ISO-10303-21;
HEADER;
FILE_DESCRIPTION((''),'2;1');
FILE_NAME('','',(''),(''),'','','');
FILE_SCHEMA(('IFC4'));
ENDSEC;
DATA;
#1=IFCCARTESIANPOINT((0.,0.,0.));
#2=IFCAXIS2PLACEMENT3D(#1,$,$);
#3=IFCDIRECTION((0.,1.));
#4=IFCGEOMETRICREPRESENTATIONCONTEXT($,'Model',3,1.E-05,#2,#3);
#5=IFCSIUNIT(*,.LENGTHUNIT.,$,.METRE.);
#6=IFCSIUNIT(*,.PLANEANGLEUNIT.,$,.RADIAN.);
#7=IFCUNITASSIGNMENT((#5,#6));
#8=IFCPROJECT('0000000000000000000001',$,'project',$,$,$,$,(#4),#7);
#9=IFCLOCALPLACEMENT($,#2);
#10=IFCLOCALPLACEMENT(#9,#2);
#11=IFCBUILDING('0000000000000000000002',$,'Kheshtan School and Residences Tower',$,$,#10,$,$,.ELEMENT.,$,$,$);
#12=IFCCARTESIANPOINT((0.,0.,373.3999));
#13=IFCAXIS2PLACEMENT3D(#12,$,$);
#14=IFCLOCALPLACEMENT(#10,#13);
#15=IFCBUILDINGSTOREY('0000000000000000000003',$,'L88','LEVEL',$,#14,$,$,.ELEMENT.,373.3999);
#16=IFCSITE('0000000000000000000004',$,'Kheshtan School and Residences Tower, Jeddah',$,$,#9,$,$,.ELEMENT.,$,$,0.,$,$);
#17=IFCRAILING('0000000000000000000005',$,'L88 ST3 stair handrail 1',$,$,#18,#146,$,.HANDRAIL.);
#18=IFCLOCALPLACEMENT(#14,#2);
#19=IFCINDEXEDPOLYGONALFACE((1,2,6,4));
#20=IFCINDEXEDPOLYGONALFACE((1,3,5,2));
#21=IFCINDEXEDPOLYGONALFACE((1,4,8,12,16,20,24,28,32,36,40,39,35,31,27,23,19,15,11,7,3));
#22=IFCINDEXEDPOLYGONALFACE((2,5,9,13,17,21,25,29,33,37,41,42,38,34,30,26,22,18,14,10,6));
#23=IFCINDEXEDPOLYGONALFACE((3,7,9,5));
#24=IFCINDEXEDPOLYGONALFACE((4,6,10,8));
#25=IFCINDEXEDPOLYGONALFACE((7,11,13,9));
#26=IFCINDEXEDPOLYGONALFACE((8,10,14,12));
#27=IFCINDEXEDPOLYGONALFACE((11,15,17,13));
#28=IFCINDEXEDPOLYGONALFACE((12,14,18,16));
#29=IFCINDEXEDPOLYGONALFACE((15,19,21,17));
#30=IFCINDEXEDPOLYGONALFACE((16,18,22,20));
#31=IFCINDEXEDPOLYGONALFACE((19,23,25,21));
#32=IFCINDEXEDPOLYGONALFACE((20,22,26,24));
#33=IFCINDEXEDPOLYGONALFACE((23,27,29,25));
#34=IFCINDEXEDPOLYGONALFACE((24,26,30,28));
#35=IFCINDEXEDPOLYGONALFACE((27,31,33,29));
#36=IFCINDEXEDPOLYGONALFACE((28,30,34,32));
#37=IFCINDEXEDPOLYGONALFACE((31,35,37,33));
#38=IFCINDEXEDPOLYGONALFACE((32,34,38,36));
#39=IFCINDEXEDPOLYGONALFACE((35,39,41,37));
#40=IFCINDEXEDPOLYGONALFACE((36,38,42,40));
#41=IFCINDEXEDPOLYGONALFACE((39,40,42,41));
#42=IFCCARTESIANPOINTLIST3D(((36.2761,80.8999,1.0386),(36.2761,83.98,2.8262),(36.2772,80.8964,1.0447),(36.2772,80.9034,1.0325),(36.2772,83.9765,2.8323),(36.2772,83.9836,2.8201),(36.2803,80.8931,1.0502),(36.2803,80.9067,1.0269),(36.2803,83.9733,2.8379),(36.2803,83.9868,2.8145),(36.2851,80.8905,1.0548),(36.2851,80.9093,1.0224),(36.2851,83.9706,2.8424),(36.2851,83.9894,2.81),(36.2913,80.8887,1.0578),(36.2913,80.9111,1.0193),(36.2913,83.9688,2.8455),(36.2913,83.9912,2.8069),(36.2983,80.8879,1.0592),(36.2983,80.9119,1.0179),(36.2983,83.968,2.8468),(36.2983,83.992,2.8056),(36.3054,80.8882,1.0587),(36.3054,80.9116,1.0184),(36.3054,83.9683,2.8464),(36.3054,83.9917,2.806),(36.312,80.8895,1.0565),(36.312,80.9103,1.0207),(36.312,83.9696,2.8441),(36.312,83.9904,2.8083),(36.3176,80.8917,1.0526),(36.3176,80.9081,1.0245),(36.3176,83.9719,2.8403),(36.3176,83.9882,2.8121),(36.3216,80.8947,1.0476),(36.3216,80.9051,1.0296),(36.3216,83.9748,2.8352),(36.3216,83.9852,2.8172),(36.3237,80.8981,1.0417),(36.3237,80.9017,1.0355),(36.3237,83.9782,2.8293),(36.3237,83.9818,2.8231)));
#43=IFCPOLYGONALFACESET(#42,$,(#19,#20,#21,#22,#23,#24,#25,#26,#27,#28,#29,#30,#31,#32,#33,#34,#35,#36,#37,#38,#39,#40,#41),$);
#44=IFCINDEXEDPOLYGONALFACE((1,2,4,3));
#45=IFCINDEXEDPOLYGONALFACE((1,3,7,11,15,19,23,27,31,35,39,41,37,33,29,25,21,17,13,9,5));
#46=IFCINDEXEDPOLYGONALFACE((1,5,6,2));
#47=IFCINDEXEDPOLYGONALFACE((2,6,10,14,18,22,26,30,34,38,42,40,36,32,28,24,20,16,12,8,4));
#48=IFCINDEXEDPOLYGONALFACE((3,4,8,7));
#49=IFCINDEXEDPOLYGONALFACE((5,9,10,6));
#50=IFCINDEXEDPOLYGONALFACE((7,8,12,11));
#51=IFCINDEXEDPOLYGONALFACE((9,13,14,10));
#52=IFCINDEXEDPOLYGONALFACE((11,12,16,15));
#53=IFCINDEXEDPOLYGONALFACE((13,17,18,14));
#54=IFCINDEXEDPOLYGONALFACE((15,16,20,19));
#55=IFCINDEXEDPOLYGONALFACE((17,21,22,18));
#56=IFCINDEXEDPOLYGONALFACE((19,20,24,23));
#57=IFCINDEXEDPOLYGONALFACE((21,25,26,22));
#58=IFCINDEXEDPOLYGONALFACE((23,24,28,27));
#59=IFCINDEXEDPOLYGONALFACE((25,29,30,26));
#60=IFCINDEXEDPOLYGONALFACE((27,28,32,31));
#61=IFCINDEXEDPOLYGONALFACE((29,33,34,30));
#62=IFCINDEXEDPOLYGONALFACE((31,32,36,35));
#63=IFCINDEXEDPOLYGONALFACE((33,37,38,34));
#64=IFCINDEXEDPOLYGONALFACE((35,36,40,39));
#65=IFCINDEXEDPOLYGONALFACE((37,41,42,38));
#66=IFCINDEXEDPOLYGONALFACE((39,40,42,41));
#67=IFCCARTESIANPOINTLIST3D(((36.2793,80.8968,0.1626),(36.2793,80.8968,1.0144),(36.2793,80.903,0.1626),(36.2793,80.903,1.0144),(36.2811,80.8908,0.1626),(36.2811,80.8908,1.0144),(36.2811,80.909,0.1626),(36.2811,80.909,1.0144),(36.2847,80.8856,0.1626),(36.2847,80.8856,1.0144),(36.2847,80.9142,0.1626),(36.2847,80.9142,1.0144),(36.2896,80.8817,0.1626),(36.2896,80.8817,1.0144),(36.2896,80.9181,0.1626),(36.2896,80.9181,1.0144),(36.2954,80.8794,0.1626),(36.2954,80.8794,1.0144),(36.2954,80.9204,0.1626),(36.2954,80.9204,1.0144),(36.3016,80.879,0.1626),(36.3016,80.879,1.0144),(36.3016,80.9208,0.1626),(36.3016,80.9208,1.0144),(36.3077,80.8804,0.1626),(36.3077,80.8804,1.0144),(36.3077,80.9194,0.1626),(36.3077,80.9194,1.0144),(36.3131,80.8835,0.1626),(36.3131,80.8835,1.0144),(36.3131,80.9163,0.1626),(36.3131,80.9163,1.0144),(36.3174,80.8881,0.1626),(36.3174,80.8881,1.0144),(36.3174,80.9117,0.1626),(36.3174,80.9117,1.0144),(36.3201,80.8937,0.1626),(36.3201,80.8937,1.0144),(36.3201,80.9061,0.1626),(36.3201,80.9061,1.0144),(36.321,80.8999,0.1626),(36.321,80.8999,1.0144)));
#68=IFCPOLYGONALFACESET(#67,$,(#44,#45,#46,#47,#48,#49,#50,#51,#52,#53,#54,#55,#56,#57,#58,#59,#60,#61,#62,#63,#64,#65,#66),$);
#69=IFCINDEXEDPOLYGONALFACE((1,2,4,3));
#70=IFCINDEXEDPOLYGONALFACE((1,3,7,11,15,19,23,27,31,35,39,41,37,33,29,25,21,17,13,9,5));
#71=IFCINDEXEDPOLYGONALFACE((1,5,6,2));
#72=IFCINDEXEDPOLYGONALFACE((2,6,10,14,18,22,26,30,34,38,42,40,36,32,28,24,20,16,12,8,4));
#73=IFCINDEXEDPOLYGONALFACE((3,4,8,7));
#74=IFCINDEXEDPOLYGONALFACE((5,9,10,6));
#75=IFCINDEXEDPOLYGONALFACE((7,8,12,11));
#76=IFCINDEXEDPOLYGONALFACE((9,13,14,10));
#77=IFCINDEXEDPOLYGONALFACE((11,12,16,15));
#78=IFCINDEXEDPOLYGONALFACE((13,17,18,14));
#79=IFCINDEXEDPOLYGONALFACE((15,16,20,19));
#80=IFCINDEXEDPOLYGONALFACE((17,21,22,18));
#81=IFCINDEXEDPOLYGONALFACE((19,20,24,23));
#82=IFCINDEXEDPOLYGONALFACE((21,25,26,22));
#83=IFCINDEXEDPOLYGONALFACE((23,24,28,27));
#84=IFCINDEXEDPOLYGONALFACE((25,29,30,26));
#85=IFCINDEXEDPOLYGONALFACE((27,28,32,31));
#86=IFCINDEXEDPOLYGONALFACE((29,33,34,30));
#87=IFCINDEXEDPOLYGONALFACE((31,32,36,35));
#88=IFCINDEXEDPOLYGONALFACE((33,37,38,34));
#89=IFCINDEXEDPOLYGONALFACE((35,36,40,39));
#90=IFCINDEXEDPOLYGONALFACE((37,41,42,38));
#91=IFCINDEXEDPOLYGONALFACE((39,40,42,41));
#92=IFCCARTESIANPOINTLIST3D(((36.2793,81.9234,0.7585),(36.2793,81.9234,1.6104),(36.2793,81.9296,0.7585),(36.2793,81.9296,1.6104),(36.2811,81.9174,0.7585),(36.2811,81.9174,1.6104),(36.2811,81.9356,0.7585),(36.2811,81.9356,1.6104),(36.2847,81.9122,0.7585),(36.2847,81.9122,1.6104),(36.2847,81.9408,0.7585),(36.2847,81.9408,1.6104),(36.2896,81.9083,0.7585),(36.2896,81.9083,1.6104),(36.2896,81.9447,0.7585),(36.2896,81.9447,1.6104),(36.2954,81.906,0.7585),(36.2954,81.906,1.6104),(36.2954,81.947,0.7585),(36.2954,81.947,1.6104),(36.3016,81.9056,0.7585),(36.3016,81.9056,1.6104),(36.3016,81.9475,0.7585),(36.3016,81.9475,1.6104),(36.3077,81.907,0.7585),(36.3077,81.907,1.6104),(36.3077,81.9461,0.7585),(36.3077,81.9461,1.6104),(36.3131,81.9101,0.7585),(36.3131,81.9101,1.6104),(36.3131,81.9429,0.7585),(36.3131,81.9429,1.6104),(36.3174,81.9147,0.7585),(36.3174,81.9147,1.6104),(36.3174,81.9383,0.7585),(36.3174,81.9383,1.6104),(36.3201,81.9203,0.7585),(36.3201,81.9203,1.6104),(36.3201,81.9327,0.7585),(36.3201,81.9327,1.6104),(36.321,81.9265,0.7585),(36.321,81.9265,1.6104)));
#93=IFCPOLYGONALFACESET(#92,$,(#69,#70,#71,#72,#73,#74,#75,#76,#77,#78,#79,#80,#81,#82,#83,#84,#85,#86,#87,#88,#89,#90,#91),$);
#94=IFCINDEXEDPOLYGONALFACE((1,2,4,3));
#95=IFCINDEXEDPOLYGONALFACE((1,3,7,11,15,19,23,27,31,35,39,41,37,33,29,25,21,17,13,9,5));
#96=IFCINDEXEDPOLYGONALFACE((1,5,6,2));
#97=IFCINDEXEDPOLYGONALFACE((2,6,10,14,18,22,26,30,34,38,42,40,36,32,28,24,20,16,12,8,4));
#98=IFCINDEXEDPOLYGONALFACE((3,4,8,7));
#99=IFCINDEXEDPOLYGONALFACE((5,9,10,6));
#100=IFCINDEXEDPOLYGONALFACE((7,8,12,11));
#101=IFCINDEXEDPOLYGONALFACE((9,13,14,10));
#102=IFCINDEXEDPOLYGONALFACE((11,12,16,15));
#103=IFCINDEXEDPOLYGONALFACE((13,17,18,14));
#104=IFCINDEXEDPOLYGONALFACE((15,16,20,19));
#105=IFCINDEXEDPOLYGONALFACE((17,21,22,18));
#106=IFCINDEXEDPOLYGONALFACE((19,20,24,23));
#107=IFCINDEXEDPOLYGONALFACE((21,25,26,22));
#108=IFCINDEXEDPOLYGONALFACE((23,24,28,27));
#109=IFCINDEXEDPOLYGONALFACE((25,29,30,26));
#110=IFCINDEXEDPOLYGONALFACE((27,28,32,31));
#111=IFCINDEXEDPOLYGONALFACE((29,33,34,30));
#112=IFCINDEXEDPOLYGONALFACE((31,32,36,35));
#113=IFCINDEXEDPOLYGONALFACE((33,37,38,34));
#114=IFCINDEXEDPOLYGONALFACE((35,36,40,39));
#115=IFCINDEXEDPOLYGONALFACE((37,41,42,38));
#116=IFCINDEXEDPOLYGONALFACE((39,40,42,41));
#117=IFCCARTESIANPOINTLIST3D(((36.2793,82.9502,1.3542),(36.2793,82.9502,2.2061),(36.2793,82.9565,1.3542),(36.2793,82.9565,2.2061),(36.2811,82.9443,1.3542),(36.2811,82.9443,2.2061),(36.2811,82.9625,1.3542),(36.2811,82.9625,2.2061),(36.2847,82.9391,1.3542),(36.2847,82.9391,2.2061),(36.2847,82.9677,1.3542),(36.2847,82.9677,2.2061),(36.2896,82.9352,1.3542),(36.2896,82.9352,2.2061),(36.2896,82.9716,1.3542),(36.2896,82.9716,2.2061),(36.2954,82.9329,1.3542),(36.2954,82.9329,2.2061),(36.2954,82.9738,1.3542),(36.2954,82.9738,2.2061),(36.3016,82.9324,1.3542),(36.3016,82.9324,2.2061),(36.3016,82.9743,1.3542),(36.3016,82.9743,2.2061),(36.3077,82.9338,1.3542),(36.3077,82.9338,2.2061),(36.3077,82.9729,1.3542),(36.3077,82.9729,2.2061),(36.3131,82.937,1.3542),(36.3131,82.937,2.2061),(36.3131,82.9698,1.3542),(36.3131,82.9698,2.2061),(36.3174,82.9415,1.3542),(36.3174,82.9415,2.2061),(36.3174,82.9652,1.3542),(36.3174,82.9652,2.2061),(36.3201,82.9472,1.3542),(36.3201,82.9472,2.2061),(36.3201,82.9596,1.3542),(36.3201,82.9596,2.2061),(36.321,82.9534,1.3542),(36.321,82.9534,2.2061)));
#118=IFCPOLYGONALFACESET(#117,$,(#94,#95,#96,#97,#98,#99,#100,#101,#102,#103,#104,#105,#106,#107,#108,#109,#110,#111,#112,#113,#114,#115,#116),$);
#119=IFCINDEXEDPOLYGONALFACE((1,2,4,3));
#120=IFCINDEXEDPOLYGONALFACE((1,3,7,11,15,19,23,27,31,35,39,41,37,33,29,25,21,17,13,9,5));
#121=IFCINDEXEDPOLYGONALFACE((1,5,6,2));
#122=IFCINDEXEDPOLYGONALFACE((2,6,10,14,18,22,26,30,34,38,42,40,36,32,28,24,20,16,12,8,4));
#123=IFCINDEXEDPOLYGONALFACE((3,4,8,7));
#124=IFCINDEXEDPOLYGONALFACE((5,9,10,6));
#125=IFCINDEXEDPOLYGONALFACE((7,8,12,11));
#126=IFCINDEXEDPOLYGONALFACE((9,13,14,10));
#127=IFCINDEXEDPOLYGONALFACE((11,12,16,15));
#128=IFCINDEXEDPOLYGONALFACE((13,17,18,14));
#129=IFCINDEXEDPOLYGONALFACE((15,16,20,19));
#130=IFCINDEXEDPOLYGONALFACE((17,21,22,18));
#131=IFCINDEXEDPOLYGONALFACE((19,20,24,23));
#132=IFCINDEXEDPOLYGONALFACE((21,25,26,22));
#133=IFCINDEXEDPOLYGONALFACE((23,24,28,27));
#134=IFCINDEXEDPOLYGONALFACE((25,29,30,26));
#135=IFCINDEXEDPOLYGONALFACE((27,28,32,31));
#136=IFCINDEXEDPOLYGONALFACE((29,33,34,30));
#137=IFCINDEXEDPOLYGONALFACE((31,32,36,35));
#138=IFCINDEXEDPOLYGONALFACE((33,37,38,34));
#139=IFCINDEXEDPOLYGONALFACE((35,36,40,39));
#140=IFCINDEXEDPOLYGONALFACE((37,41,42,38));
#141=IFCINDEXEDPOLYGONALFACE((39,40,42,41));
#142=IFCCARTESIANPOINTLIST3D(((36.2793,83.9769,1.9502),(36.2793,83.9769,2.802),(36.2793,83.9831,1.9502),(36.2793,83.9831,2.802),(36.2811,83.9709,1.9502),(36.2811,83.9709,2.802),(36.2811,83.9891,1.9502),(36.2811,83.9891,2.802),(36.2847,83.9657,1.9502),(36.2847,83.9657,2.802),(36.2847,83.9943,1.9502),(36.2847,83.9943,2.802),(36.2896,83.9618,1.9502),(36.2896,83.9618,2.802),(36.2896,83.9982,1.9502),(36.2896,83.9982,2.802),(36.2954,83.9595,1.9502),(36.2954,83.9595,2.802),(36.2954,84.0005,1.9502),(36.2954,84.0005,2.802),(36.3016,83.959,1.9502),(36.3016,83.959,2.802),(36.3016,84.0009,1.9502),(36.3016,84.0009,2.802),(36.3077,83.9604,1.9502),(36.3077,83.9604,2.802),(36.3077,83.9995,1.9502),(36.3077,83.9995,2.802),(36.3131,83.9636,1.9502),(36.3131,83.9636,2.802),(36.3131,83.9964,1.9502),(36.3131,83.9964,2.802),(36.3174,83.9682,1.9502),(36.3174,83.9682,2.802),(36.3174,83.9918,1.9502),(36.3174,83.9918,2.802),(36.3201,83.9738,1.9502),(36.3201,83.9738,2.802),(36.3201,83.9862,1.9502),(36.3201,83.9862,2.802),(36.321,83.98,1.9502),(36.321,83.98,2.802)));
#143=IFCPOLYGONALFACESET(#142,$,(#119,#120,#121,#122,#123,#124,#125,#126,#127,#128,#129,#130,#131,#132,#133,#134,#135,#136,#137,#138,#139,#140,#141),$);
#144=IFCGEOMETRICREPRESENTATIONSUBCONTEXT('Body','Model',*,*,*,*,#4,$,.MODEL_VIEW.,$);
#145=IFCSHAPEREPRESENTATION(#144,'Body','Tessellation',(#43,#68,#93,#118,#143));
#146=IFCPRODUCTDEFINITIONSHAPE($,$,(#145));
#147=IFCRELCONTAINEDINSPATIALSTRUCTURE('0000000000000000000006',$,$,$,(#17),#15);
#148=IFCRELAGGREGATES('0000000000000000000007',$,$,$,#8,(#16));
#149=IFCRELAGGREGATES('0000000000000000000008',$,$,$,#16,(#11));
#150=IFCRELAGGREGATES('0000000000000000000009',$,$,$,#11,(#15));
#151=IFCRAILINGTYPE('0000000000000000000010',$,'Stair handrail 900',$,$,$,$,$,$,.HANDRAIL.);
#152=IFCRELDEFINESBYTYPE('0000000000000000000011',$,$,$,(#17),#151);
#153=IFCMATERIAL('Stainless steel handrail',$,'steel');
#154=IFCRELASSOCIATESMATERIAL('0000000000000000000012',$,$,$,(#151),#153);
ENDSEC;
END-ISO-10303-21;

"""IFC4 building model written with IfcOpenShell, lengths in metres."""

from ifc_helpers import new_model, si_unit, direction, frame, origin, origin_2d, place, context, subcontext, project, spatial, circle, extrude, material, type_object, element, save


model = new_model("IFC4")

# Units and contexts
model_context = context("Model", 3, precision=1e-05, world=origin(), true_north=direction((0.0, 1.0)))
body_context = subcontext(model_context, "Body", "Model", "MODEL_VIEW")
ifc_project = project(units=[si_unit("LENGTHUNIT", "METRE"), si_unit("PLANEANGLEUNIT", "RADIAN")], contexts=[model_context])

# Site, building, storey
site_placement = place(None, origin())
site = spatial("IfcSite", under=ifc_project, at=site_placement, Name="Kheshtan School and Residences Tower, Jeddah", CompositionType="ELEMENT", RefElevation=0.0)
building_placement = place(site_placement, origin())
building = spatial("IfcBuilding", under=site, at=building_placement, Name="Kheshtan School and Residences Tower", CompositionType="ELEMENT")
storey_placement = place(building_placement, frame((0.0, 0.0, 373.3999)))
storey = spatial("IfcBuildingStorey", under=building, at=storey_placement, Name="L88", Description="LEVEL", CompositionType="ELEMENT", Elevation=373.3999)

# Railing
ifc_material_1 = material(Name="Stainless steel handrail", Category="steel")
railing_type_1 = type_object("IfcRailingType", Name="Stair handrail 900", PredefinedType="HANDRAIL", material=ifc_material_1)
railing_1_placement = place(storey_placement, frame((36.3, 80.8999, 0.1626)))
element("IfcRailing", 1, at=railing_1_placement, inside=storey, type_object=railing_type_1, Name="L88 ST3 stair handrail 1", PredefinedType="HANDRAIL", context=body_context, shape_type="SweptSolid", body=[
    extrude(circle(Radius=0.0239, at=origin_2d()), frame((0.0, 0.0, 0.876), z_axis=(0.0, 0.864891, 0.50196), x_axis=(-1.0, 0.0, 0.0)), (0.0, 0.0, 1.0), 3.5613),
    extrude(circle(Radius=0.021, at=origin_2d()), origin(), (0.0, 0.0, 1.0), 0.8518),
    extrude(circle(Radius=0.021, at=origin_2d()), frame((0.0, 1.0266, 0.5959)), (0.0, 0.0, 1.0), 0.8518),
    extrude(circle(Radius=0.021, at=origin_2d()), frame((0.0, 2.0535, 1.1917)), (0.0, 0.0, 1.0), 0.8518),
    extrude(circle(Radius=0.021, at=origin_2d()), frame((0.0, 3.0801, 1.7876)), (0.0, 0.0, 1.0), 0.8518),
])

save(model, "model.ifc")
